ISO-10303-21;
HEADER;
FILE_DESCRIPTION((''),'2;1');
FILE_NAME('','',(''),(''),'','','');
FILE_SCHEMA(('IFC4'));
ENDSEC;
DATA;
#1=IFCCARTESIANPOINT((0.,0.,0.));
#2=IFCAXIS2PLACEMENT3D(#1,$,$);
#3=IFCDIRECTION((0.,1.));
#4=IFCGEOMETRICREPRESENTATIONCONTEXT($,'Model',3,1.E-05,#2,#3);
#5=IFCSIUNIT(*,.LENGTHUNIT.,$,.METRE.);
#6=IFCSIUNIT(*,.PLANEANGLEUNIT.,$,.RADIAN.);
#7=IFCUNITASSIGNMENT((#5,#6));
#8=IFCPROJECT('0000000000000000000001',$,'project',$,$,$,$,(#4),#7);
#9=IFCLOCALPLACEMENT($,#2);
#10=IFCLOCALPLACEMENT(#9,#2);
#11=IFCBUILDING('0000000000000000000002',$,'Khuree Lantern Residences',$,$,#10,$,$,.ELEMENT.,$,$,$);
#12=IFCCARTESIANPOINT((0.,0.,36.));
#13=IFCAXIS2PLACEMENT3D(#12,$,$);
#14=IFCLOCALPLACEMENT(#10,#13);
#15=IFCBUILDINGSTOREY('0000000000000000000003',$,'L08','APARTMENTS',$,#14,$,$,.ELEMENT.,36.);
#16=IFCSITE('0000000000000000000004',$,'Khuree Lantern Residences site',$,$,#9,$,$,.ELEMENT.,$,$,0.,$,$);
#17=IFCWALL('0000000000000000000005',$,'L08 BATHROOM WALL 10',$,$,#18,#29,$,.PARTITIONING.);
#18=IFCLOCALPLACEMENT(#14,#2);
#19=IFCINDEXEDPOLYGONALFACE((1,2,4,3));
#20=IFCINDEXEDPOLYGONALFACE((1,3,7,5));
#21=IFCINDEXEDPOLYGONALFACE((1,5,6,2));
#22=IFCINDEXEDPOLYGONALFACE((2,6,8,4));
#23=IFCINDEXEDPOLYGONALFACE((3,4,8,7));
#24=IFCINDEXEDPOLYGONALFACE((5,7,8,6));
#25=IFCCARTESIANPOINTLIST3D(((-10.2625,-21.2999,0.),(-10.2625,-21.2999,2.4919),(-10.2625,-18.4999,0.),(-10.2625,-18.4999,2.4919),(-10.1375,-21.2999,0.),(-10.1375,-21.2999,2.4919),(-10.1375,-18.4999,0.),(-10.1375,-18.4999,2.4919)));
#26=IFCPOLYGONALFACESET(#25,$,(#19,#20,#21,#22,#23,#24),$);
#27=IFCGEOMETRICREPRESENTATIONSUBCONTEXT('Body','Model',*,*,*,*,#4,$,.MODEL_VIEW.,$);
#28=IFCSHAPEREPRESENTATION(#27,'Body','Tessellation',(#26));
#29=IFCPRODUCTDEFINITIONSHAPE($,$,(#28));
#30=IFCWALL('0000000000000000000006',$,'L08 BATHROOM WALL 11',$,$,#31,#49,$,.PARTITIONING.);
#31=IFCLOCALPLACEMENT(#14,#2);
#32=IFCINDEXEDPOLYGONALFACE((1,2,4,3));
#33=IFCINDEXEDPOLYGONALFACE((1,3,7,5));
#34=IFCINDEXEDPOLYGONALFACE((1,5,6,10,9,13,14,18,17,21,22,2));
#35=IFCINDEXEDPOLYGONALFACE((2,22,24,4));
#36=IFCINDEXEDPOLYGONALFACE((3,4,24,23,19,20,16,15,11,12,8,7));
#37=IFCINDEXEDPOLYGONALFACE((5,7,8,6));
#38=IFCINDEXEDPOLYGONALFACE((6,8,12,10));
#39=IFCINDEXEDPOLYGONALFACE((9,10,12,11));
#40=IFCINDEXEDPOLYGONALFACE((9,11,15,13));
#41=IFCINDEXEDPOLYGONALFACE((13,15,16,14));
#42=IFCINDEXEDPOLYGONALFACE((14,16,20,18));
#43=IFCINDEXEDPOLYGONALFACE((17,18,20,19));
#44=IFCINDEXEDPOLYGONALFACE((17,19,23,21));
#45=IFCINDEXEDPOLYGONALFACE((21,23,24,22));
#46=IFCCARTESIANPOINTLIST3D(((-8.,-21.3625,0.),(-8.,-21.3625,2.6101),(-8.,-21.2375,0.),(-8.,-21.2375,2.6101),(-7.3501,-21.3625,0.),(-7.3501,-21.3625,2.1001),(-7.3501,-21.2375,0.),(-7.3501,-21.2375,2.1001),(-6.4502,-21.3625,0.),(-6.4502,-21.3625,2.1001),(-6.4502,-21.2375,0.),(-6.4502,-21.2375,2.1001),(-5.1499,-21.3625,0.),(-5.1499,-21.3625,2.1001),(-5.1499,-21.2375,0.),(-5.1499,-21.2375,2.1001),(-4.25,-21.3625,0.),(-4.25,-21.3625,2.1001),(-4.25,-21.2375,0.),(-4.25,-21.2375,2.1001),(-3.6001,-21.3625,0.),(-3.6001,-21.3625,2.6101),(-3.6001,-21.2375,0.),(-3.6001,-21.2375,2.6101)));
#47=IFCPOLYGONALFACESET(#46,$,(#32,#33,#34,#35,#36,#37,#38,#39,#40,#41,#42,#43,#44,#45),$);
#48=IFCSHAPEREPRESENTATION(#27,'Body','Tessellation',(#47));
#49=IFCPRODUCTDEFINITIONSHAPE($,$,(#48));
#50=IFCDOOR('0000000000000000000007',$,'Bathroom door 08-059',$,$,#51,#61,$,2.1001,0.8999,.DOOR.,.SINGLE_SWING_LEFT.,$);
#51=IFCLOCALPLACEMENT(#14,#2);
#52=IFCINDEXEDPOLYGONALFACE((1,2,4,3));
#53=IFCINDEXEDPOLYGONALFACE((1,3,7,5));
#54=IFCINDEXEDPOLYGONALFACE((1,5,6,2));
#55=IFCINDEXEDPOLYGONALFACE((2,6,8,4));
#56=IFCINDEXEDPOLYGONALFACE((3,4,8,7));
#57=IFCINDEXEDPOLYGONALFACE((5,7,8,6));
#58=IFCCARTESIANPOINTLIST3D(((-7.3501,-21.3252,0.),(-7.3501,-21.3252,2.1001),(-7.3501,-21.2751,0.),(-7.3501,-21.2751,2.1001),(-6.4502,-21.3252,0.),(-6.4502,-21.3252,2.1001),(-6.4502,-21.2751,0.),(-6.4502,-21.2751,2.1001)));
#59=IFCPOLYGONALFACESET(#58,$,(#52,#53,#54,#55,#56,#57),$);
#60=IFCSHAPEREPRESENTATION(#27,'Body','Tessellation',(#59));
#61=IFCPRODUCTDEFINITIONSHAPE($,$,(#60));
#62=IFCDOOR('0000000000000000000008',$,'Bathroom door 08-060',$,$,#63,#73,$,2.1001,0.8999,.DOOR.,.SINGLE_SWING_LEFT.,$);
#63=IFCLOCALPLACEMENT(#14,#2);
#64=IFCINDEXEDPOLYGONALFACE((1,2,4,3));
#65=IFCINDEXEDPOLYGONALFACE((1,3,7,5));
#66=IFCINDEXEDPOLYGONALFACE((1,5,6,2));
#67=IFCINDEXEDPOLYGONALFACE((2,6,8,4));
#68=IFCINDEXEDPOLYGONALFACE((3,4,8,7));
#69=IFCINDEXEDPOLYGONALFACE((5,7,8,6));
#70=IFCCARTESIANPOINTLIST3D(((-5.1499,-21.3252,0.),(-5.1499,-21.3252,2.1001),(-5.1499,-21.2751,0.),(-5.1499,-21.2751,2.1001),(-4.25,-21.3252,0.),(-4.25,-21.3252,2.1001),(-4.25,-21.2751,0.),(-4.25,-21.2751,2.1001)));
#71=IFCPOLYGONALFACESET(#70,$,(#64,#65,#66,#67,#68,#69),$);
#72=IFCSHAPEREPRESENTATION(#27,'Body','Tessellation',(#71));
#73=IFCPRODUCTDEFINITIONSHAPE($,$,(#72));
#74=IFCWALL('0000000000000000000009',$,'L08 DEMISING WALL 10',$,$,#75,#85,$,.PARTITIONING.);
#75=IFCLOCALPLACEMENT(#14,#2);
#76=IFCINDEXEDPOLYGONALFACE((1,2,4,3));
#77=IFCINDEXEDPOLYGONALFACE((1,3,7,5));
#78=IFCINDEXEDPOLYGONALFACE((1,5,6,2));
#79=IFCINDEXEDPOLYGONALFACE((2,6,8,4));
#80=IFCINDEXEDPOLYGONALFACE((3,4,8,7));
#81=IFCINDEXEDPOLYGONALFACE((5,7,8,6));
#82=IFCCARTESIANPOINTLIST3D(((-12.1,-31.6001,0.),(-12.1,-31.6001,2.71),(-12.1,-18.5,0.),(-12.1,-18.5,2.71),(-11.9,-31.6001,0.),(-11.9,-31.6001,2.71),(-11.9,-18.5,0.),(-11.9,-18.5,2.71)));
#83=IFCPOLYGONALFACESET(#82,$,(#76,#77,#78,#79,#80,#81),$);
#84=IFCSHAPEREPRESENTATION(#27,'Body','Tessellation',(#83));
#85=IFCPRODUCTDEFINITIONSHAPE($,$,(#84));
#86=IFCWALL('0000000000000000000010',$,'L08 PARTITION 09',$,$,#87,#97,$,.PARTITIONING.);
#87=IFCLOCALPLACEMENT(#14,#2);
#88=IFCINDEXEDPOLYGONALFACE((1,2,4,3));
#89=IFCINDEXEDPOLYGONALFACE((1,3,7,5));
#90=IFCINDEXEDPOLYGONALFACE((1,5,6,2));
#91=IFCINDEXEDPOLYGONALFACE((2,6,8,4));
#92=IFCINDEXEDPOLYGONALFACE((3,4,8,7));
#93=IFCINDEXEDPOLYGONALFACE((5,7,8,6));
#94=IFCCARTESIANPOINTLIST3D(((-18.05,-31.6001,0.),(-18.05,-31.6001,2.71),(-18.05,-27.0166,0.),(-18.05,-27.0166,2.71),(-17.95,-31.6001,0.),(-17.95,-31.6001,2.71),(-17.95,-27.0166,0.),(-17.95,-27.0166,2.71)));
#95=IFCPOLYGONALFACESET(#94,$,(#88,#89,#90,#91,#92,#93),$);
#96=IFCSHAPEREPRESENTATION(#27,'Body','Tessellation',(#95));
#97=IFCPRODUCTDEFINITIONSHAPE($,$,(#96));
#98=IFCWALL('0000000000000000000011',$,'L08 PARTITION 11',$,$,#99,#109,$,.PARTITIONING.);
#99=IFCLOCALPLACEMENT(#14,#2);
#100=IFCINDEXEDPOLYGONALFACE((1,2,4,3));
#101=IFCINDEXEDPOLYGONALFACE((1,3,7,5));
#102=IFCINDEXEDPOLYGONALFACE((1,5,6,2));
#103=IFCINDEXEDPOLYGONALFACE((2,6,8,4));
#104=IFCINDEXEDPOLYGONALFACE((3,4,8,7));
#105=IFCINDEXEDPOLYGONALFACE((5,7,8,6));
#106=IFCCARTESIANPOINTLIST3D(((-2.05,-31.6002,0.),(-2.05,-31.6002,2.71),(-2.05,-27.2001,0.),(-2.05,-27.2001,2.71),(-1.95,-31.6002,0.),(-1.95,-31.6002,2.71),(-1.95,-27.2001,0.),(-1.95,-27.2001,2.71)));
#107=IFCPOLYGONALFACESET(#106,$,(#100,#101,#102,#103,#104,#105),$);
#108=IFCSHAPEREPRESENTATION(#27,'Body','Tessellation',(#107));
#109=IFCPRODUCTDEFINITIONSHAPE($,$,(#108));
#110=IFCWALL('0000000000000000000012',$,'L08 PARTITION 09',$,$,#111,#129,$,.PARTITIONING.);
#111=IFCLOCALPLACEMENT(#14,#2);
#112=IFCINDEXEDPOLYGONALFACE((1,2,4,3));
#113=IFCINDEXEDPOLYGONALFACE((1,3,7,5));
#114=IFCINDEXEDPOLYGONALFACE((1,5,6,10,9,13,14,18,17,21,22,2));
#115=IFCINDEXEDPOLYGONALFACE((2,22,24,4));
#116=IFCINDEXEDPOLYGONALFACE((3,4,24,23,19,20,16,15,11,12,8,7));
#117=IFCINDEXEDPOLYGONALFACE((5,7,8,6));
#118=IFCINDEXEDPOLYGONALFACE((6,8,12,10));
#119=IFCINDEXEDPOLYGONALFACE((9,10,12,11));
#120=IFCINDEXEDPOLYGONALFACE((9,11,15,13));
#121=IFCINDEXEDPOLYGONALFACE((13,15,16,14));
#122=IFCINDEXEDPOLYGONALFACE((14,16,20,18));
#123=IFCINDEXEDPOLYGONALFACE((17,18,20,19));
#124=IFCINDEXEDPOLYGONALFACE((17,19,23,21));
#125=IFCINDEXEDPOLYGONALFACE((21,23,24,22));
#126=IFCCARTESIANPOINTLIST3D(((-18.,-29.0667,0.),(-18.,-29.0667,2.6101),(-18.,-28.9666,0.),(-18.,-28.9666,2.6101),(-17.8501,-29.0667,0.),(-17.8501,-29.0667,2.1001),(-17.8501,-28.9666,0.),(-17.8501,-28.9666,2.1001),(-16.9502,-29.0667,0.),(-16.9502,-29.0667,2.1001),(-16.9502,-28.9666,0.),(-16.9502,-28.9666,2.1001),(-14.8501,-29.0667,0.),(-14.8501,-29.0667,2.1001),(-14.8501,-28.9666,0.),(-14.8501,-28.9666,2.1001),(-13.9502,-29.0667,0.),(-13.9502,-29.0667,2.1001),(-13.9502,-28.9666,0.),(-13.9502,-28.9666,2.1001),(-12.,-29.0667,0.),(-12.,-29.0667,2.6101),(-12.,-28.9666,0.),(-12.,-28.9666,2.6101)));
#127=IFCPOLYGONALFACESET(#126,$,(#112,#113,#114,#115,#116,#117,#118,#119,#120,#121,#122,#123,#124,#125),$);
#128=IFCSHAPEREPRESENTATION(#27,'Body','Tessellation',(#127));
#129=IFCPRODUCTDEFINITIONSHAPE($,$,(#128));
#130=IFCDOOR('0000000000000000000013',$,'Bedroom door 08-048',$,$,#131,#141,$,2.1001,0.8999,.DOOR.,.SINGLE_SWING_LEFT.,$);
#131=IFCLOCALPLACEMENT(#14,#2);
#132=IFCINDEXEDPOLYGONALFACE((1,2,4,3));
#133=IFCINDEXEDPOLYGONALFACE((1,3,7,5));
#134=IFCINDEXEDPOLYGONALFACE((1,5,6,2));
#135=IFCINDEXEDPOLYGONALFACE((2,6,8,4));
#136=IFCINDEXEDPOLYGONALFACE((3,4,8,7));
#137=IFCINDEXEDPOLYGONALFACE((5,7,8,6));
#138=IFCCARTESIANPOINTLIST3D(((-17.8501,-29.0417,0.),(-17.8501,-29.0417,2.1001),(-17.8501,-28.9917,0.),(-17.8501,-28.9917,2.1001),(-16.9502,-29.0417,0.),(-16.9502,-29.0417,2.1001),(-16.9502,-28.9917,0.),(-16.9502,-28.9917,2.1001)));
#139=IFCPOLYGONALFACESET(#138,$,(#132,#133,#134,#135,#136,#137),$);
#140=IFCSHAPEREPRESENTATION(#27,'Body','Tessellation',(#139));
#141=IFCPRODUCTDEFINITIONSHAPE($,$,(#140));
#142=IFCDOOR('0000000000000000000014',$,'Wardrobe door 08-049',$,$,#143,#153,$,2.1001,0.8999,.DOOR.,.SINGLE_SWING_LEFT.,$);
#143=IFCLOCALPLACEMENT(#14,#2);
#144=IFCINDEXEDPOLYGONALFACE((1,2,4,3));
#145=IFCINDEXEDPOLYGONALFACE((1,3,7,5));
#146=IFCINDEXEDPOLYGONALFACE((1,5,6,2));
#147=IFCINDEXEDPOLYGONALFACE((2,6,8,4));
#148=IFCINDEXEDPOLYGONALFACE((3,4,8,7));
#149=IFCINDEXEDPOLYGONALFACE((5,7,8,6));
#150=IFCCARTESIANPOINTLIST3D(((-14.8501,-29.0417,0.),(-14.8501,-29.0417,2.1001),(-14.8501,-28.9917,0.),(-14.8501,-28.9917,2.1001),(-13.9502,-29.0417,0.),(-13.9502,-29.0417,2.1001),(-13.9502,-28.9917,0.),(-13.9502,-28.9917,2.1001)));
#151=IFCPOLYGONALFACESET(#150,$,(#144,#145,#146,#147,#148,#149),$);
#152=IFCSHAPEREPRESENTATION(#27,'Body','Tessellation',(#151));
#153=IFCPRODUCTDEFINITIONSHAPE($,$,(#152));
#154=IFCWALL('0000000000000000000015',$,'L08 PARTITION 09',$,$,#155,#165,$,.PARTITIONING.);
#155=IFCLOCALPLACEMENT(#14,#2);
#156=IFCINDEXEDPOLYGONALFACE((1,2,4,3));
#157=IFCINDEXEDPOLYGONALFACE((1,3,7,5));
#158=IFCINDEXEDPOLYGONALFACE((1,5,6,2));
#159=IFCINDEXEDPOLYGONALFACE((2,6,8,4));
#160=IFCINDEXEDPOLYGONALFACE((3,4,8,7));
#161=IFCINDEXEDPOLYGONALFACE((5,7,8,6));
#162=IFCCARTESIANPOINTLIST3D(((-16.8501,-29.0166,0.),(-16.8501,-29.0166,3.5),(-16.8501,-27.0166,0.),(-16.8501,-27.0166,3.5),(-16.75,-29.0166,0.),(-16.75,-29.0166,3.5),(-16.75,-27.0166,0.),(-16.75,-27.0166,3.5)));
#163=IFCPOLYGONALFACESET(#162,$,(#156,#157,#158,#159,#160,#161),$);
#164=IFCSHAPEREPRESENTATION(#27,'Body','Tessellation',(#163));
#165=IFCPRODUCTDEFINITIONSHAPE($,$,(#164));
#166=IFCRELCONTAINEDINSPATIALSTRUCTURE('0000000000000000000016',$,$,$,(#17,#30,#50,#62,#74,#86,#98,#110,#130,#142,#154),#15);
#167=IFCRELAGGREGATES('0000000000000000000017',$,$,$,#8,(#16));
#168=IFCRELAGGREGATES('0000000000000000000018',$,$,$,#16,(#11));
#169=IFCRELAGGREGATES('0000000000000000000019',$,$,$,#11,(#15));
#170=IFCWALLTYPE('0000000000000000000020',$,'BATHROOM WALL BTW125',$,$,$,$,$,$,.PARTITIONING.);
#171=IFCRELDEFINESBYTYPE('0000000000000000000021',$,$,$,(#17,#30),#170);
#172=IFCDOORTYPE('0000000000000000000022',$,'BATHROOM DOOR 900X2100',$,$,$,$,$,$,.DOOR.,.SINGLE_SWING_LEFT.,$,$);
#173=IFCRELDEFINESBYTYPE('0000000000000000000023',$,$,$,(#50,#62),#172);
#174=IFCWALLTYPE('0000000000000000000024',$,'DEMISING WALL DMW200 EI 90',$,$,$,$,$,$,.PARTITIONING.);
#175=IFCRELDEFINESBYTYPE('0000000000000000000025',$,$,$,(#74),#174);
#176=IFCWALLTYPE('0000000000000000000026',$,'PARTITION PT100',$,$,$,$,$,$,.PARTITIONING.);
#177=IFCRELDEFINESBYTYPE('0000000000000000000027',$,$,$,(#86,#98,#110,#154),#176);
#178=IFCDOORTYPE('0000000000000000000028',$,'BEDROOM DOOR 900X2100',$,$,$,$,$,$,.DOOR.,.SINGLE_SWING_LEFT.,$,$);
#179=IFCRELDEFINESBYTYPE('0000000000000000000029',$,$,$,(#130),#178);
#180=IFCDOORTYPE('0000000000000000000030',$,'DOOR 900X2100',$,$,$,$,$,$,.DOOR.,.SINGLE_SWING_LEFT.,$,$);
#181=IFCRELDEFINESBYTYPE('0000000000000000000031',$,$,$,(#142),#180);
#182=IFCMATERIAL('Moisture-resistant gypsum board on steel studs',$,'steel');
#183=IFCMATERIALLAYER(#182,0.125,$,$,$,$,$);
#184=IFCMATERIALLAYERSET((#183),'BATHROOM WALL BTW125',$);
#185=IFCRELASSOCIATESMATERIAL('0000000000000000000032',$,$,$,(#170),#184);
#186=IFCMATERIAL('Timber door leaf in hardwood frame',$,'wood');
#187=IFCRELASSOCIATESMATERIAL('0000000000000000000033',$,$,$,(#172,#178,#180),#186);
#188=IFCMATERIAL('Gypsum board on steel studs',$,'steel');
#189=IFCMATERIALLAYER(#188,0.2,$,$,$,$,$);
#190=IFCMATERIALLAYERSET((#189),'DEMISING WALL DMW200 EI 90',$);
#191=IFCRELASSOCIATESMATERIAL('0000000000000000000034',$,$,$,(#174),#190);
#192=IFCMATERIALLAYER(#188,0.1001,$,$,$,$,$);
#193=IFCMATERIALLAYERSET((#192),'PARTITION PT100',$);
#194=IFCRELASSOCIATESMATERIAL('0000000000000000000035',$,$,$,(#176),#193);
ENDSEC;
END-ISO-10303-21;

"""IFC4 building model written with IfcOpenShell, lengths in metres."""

from ifc_helpers import new_model, si_unit, direction, frame, frame_2d, origin, place, context, subcontext, project, spatial, rectangle, extrude, material, layer, layer_set, type_object, element, fill, save


model = new_model("IFC4")

# Units and contexts
model_context = context("Model", 3, precision=1e-05, world=origin(), true_north=direction((0.0, 1.0)))
body_context = subcontext(model_context, "Body", "Model", "MODEL_VIEW")
ifc_project = project(units=[si_unit("LENGTHUNIT", "METRE"), si_unit("PLANEANGLEUNIT", "RADIAN")], contexts=[model_context])

# Site, building, storey
site_placement = place(None, origin())
site = spatial("IfcSite", under=ifc_project, at=site_placement, Name="Khuree Lantern Residences site", CompositionType="ELEMENT", RefElevation=0.0)
building_placement = place(site_placement, origin())
building = spatial("IfcBuilding", under=site, at=building_placement, Name="Khuree Lantern Residences", CompositionType="ELEMENT")
storey_placement = place(building_placement, frame((0.0, 0.0, 36.0)))
storey = spatial("IfcBuildingStorey", under=building, at=storey_placement, Name="L08", Description="APARTMENTS", CompositionType="ELEMENT", Elevation=36.0)

# Shared definitions
ifc_material_1 = material(Name="Moisture-resistant gypsum board on steel studs", Category="steel")
ifc_layer_1 = layer(ifc_material_1, 0.125)
ifc_layer_set_1 = layer_set([ifc_layer_1], Name="BATHROOM WALL BTW125")
wall_type_1 = type_object("IfcWallType", Name="BATHROOM WALL BTW125", PredefinedType="PARTITIONING", material=ifc_layer_set_1)
ifc_material_2 = material(Name="Timber door leaf in hardwood frame", Category="wood")
door_type_1 = type_object("IfcDoorType", Name="BATHROOM DOOR 900X2100", OperationType="SINGLE_SWING_LEFT", PredefinedType="DOOR", material=ifc_material_2)

# Wall
wall_1_placement = place(storey_placement, frame((-10.2, -18.5, 0.0), z_axis=(0.0, 0.0, 1.0), x_axis=(0.0, -1.0, 0.0)))
element("IfcWall", 1, at=wall_1_placement, inside=storey, type_object=wall_type_1, Name="L08 BATHROOM WALL 10", PredefinedType="PARTITIONING", context=body_context, shape_type="SweptSolid", body=[
    extrude(rectangle(XDim=2.8, YDim=0.125, at=frame_2d((1.3999, 0.0))), origin(), (0.0, 0.0, 1.0), 2.4919),
])

# Wall, openings, doors
wall_2_placement = place(storey_placement, frame((-8.0, -21.3, 0.0), z_axis=(0.0, 0.0, 1.0), x_axis=(1.0, 0.0, 0.0)))
wall_2 = element("IfcWall", 2, at=wall_2_placement, inside=storey, type_object=wall_type_1, Name="L08 BATHROOM WALL 11", PredefinedType="PARTITIONING", context=body_context, shape_type="SweptSolid", body=[
    extrude(rectangle(XDim=4.3999, YDim=0.125, at=frame_2d((2.2, 0.0))), origin(), (0.0, 0.0, 1.0), 2.6101),
])
opening_1_placement = place(wall_2_placement, frame((0.6499, 0.0, 0.0)))
opening_1 = element("IfcOpeningElement", 3, at=opening_1_placement, cuts=wall_2, PredefinedType="OPENING", context=body_context, shape_type="SweptSolid", body=[
    extrude(rectangle(XDim=0.8999, YDim=2.1001, at=frame_2d((0.45, 1.05))), frame((0.0, 0.0725, 0.0), z_axis=(0.0, -1.0, 0.0), x_axis=(1.0, 0.0, 0.0)), (0.0, 0.0, 1.0), 0.145),
])
opening_2_placement = place(wall_2_placement, frame((2.8501, 0.0, 0.0)))
opening_2 = element("IfcOpeningElement", 4, at=opening_2_placement, cuts=wall_2, PredefinedType="OPENING", context=body_context, shape_type="SweptSolid", body=[
    extrude(rectangle(XDim=0.8999, YDim=2.1001, at=frame_2d((0.45, 1.05))), frame((0.0, 0.0725, 0.0), z_axis=(0.0, -1.0, 0.0), x_axis=(1.0, 0.0, 0.0)), (0.0, 0.0, 1.0), 0.145),
])
door_1_placement = place(opening_1_placement, origin())
door_1 = element("IfcDoor", 5, at=door_1_placement, inside=storey, type_object=door_type_1, Name="Bathroom door 08-059", OperationType="SINGLE_SWING_LEFT", OverallHeight=2.1001, OverallWidth=0.8999, PredefinedType="DOOR", context=body_context, shape_type="SweptSolid", body=[
    extrude(rectangle(XDim=0.8999, YDim=2.1001, at=frame_2d((0.45, 1.05))), frame((0.0, 0.0249, 0.0), z_axis=(0.0, -1.0, 0.0), x_axis=(1.0, 0.0, 0.0)), (0.0, 0.0, 1.0), 0.05),
])
fill(opening_1, door_1)
door_2_placement = place(opening_2_placement, origin())
door_2 = element("IfcDoor", 6, at=door_2_placement, inside=storey, type_object=door_type_1, Name="Bathroom door 08-060", OperationType="SINGLE_SWING_LEFT", OverallHeight=2.1001, OverallWidth=0.8999, PredefinedType="DOOR", context=body_context, shape_type="SweptSolid", body=[
    extrude(rectangle(XDim=0.8999, YDim=2.1001, at=frame_2d((0.45, 1.05))), frame((0.0, 0.0249, 0.0), z_axis=(0.0, -1.0, 0.0), x_axis=(1.0, 0.0, 0.0)), (0.0, 0.0, 1.0), 0.05),
])
fill(opening_2, door_2)

# Walls
ifc_material_3 = material(Name="Gypsum board on steel studs", Category="steel")
ifc_layer_2 = layer(ifc_material_3, 0.2)
ifc_layer_set_2 = layer_set([ifc_layer_2], Name="DEMISING WALL DMW200 EI 90")
wall_type_2 = type_object("IfcWallType", Name="DEMISING WALL DMW200 EI 90", PredefinedType="PARTITIONING", material=ifc_layer_set_2)
wall_3_placement = place(storey_placement, frame((-12.0, -18.5, 0.0), z_axis=(0.0, 0.0, 1.0), x_axis=(0.0, -1.0, 0.0)))
element("IfcWall", 7, at=wall_3_placement, inside=storey, type_object=wall_type_2, Name="L08 DEMISING WALL 10", PredefinedType="PARTITIONING", context=body_context, shape_type="SweptSolid", body=[
    extrude(rectangle(XDim=13.1001, YDim=0.2, at=frame_2d((6.55, 0.0))), origin(), (0.0, 0.0, 1.0), 2.71),
])
ifc_layer_3 = layer(ifc_material_3, 0.1001)
ifc_layer_set_3 = layer_set([ifc_layer_3], Name="PARTITION PT100")
wall_type_3 = type_object("IfcWallType", Name="PARTITION PT100", PredefinedType="PARTITIONING", material=ifc_layer_set_3)
wall_4_placement = place(storey_placement, frame((-18.0, -27.0166, 0.0), z_axis=(0.0, 0.0, 1.0), x_axis=(0.0, -1.0, 0.0)))
element("IfcWall", 8, at=wall_4_placement, inside=storey, type_object=wall_type_3, Name="L08 PARTITION 09", PredefinedType="PARTITIONING", context=body_context, shape_type="SweptSolid", body=[
    extrude(rectangle(XDim=4.5835, YDim=0.1001, at=frame_2d((2.2917, 0.0))), origin(), (0.0, 0.0, 1.0), 2.71),
])
wall_5_placement = place(storey_placement, frame((-2.0, -27.2, 0.0), z_axis=(0.0, 0.0, 1.0), x_axis=(0.0, -1.0, 0.0)))
element("IfcWall", 9, at=wall_5_placement, inside=storey, type_object=wall_type_3, Name="L08 PARTITION 11", PredefinedType="PARTITIONING", context=body_context, shape_type="SweptSolid", body=[
    extrude(rectangle(XDim=4.4001, YDim=0.1001, at=frame_2d((2.2002, 0.0))), origin(), (0.0, 0.0, 1.0), 2.71),
])

# Wall, openings, doors
wall_6_placement = place(storey_placement, frame((-18.0, -29.0166, 0.0), z_axis=(0.0, 0.0, 1.0), x_axis=(1.0, 0.0, 0.0)))
wall_6 = element("IfcWall", 10, at=wall_6_placement, inside=storey, type_object=wall_type_3, Name="L08 PARTITION 09", PredefinedType="PARTITIONING", context=body_context, shape_type="SweptSolid", body=[
    extrude(rectangle(XDim=6.0, YDim=0.1001, at=frame_2d((3.0, 0.0))), origin(), (0.0, 0.0, 1.0), 2.6101),
])
opening_3_placement = place(wall_6_placement, frame((0.1499, 0.0, 0.0)))
opening_3 = element("IfcOpeningElement", 11, at=opening_3_placement, cuts=wall_6, PredefinedType="OPENING", context=body_context, shape_type="SweptSolid", body=[
    extrude(rectangle(XDim=0.8999, YDim=2.1001, at=frame_2d((0.45, 1.05))), frame((0.0, 0.0601, 0.0), z_axis=(0.0, -1.0, 0.0), x_axis=(1.0, 0.0, 0.0)), (0.0, 0.0, 1.0), 0.1201),
])
opening_4_placement = place(wall_6_placement, frame((3.1499, 0.0, 0.0)))
opening_4 = element("IfcOpeningElement", 12, at=opening_4_placement, cuts=wall_6, PredefinedType="OPENING", context=body_context, shape_type="SweptSolid", body=[
    extrude(rectangle(XDim=0.8999, YDim=2.1001, at=frame_2d((0.45, 1.05))), frame((0.0, 0.0601, 0.0), z_axis=(0.0, -1.0, 0.0), x_axis=(1.0, 0.0, 0.0)), (0.0, 0.0, 1.0), 0.1201),
])
door_type_2 = type_object("IfcDoorType", Name="BEDROOM DOOR 900X2100", OperationType="SINGLE_SWING_LEFT", PredefinedType="DOOR", material=ifc_material_2)
door_3_placement = place(opening_3_placement, origin())
door_3 = element("IfcDoor", 13, at=door_3_placement, inside=storey, type_object=door_type_2, Name="Bedroom door 08-048", OperationType="SINGLE_SWING_LEFT", OverallHeight=2.1001, OverallWidth=0.8999, PredefinedType="DOOR", context=body_context, shape_type="SweptSolid", body=[
    extrude(rectangle(XDim=0.8999, YDim=2.1001, at=frame_2d((0.45, 1.05))), frame((0.0, 0.0249, 0.0), z_axis=(0.0, -1.0, 0.0), x_axis=(1.0, 0.0, 0.0)), (0.0, 0.0, 1.0), 0.05),
])
fill(opening_3, door_3)
door_type_3 = type_object("IfcDoorType", Name="DOOR 900X2100", OperationType="SINGLE_SWING_LEFT", PredefinedType="DOOR", material=ifc_material_2)
door_4_placement = place(opening_4_placement, origin())
door_4 = element("IfcDoor", 14, at=door_4_placement, inside=storey, type_object=door_type_3, Name="Wardrobe door 08-049", OperationType="SINGLE_SWING_LEFT", OverallHeight=2.1001, OverallWidth=0.8999, PredefinedType="DOOR", context=body_context, shape_type="SweptSolid", body=[
    extrude(rectangle(XDim=0.8999, YDim=2.1001, at=frame_2d((0.45, 1.05))), frame((0.0, 0.0249, 0.0), z_axis=(0.0, -1.0, 0.0), x_axis=(1.0, 0.0, 0.0)), (0.0, 0.0, 1.0), 0.05),
])
fill(opening_4, door_4)

# Wall
wall_7_placement = place(storey_placement, frame((-16.8, -27.0166, 0.0), z_axis=(0.0, 0.0, 1.0), x_axis=(0.0, -1.0, 0.0)))
element("IfcWall", 15, at=wall_7_placement, inside=storey, type_object=wall_type_3, Name="L08 PARTITION 09", PredefinedType="PARTITIONING", context=body_context, shape_type="SweptSolid", body=[
    extrude(rectangle(XDim=2.0, YDim=0.1001, at=frame_2d((1.0, 0.0))), origin(), (0.0, 0.0, 1.0), 3.5),
])

save(model, "model.ifc")
